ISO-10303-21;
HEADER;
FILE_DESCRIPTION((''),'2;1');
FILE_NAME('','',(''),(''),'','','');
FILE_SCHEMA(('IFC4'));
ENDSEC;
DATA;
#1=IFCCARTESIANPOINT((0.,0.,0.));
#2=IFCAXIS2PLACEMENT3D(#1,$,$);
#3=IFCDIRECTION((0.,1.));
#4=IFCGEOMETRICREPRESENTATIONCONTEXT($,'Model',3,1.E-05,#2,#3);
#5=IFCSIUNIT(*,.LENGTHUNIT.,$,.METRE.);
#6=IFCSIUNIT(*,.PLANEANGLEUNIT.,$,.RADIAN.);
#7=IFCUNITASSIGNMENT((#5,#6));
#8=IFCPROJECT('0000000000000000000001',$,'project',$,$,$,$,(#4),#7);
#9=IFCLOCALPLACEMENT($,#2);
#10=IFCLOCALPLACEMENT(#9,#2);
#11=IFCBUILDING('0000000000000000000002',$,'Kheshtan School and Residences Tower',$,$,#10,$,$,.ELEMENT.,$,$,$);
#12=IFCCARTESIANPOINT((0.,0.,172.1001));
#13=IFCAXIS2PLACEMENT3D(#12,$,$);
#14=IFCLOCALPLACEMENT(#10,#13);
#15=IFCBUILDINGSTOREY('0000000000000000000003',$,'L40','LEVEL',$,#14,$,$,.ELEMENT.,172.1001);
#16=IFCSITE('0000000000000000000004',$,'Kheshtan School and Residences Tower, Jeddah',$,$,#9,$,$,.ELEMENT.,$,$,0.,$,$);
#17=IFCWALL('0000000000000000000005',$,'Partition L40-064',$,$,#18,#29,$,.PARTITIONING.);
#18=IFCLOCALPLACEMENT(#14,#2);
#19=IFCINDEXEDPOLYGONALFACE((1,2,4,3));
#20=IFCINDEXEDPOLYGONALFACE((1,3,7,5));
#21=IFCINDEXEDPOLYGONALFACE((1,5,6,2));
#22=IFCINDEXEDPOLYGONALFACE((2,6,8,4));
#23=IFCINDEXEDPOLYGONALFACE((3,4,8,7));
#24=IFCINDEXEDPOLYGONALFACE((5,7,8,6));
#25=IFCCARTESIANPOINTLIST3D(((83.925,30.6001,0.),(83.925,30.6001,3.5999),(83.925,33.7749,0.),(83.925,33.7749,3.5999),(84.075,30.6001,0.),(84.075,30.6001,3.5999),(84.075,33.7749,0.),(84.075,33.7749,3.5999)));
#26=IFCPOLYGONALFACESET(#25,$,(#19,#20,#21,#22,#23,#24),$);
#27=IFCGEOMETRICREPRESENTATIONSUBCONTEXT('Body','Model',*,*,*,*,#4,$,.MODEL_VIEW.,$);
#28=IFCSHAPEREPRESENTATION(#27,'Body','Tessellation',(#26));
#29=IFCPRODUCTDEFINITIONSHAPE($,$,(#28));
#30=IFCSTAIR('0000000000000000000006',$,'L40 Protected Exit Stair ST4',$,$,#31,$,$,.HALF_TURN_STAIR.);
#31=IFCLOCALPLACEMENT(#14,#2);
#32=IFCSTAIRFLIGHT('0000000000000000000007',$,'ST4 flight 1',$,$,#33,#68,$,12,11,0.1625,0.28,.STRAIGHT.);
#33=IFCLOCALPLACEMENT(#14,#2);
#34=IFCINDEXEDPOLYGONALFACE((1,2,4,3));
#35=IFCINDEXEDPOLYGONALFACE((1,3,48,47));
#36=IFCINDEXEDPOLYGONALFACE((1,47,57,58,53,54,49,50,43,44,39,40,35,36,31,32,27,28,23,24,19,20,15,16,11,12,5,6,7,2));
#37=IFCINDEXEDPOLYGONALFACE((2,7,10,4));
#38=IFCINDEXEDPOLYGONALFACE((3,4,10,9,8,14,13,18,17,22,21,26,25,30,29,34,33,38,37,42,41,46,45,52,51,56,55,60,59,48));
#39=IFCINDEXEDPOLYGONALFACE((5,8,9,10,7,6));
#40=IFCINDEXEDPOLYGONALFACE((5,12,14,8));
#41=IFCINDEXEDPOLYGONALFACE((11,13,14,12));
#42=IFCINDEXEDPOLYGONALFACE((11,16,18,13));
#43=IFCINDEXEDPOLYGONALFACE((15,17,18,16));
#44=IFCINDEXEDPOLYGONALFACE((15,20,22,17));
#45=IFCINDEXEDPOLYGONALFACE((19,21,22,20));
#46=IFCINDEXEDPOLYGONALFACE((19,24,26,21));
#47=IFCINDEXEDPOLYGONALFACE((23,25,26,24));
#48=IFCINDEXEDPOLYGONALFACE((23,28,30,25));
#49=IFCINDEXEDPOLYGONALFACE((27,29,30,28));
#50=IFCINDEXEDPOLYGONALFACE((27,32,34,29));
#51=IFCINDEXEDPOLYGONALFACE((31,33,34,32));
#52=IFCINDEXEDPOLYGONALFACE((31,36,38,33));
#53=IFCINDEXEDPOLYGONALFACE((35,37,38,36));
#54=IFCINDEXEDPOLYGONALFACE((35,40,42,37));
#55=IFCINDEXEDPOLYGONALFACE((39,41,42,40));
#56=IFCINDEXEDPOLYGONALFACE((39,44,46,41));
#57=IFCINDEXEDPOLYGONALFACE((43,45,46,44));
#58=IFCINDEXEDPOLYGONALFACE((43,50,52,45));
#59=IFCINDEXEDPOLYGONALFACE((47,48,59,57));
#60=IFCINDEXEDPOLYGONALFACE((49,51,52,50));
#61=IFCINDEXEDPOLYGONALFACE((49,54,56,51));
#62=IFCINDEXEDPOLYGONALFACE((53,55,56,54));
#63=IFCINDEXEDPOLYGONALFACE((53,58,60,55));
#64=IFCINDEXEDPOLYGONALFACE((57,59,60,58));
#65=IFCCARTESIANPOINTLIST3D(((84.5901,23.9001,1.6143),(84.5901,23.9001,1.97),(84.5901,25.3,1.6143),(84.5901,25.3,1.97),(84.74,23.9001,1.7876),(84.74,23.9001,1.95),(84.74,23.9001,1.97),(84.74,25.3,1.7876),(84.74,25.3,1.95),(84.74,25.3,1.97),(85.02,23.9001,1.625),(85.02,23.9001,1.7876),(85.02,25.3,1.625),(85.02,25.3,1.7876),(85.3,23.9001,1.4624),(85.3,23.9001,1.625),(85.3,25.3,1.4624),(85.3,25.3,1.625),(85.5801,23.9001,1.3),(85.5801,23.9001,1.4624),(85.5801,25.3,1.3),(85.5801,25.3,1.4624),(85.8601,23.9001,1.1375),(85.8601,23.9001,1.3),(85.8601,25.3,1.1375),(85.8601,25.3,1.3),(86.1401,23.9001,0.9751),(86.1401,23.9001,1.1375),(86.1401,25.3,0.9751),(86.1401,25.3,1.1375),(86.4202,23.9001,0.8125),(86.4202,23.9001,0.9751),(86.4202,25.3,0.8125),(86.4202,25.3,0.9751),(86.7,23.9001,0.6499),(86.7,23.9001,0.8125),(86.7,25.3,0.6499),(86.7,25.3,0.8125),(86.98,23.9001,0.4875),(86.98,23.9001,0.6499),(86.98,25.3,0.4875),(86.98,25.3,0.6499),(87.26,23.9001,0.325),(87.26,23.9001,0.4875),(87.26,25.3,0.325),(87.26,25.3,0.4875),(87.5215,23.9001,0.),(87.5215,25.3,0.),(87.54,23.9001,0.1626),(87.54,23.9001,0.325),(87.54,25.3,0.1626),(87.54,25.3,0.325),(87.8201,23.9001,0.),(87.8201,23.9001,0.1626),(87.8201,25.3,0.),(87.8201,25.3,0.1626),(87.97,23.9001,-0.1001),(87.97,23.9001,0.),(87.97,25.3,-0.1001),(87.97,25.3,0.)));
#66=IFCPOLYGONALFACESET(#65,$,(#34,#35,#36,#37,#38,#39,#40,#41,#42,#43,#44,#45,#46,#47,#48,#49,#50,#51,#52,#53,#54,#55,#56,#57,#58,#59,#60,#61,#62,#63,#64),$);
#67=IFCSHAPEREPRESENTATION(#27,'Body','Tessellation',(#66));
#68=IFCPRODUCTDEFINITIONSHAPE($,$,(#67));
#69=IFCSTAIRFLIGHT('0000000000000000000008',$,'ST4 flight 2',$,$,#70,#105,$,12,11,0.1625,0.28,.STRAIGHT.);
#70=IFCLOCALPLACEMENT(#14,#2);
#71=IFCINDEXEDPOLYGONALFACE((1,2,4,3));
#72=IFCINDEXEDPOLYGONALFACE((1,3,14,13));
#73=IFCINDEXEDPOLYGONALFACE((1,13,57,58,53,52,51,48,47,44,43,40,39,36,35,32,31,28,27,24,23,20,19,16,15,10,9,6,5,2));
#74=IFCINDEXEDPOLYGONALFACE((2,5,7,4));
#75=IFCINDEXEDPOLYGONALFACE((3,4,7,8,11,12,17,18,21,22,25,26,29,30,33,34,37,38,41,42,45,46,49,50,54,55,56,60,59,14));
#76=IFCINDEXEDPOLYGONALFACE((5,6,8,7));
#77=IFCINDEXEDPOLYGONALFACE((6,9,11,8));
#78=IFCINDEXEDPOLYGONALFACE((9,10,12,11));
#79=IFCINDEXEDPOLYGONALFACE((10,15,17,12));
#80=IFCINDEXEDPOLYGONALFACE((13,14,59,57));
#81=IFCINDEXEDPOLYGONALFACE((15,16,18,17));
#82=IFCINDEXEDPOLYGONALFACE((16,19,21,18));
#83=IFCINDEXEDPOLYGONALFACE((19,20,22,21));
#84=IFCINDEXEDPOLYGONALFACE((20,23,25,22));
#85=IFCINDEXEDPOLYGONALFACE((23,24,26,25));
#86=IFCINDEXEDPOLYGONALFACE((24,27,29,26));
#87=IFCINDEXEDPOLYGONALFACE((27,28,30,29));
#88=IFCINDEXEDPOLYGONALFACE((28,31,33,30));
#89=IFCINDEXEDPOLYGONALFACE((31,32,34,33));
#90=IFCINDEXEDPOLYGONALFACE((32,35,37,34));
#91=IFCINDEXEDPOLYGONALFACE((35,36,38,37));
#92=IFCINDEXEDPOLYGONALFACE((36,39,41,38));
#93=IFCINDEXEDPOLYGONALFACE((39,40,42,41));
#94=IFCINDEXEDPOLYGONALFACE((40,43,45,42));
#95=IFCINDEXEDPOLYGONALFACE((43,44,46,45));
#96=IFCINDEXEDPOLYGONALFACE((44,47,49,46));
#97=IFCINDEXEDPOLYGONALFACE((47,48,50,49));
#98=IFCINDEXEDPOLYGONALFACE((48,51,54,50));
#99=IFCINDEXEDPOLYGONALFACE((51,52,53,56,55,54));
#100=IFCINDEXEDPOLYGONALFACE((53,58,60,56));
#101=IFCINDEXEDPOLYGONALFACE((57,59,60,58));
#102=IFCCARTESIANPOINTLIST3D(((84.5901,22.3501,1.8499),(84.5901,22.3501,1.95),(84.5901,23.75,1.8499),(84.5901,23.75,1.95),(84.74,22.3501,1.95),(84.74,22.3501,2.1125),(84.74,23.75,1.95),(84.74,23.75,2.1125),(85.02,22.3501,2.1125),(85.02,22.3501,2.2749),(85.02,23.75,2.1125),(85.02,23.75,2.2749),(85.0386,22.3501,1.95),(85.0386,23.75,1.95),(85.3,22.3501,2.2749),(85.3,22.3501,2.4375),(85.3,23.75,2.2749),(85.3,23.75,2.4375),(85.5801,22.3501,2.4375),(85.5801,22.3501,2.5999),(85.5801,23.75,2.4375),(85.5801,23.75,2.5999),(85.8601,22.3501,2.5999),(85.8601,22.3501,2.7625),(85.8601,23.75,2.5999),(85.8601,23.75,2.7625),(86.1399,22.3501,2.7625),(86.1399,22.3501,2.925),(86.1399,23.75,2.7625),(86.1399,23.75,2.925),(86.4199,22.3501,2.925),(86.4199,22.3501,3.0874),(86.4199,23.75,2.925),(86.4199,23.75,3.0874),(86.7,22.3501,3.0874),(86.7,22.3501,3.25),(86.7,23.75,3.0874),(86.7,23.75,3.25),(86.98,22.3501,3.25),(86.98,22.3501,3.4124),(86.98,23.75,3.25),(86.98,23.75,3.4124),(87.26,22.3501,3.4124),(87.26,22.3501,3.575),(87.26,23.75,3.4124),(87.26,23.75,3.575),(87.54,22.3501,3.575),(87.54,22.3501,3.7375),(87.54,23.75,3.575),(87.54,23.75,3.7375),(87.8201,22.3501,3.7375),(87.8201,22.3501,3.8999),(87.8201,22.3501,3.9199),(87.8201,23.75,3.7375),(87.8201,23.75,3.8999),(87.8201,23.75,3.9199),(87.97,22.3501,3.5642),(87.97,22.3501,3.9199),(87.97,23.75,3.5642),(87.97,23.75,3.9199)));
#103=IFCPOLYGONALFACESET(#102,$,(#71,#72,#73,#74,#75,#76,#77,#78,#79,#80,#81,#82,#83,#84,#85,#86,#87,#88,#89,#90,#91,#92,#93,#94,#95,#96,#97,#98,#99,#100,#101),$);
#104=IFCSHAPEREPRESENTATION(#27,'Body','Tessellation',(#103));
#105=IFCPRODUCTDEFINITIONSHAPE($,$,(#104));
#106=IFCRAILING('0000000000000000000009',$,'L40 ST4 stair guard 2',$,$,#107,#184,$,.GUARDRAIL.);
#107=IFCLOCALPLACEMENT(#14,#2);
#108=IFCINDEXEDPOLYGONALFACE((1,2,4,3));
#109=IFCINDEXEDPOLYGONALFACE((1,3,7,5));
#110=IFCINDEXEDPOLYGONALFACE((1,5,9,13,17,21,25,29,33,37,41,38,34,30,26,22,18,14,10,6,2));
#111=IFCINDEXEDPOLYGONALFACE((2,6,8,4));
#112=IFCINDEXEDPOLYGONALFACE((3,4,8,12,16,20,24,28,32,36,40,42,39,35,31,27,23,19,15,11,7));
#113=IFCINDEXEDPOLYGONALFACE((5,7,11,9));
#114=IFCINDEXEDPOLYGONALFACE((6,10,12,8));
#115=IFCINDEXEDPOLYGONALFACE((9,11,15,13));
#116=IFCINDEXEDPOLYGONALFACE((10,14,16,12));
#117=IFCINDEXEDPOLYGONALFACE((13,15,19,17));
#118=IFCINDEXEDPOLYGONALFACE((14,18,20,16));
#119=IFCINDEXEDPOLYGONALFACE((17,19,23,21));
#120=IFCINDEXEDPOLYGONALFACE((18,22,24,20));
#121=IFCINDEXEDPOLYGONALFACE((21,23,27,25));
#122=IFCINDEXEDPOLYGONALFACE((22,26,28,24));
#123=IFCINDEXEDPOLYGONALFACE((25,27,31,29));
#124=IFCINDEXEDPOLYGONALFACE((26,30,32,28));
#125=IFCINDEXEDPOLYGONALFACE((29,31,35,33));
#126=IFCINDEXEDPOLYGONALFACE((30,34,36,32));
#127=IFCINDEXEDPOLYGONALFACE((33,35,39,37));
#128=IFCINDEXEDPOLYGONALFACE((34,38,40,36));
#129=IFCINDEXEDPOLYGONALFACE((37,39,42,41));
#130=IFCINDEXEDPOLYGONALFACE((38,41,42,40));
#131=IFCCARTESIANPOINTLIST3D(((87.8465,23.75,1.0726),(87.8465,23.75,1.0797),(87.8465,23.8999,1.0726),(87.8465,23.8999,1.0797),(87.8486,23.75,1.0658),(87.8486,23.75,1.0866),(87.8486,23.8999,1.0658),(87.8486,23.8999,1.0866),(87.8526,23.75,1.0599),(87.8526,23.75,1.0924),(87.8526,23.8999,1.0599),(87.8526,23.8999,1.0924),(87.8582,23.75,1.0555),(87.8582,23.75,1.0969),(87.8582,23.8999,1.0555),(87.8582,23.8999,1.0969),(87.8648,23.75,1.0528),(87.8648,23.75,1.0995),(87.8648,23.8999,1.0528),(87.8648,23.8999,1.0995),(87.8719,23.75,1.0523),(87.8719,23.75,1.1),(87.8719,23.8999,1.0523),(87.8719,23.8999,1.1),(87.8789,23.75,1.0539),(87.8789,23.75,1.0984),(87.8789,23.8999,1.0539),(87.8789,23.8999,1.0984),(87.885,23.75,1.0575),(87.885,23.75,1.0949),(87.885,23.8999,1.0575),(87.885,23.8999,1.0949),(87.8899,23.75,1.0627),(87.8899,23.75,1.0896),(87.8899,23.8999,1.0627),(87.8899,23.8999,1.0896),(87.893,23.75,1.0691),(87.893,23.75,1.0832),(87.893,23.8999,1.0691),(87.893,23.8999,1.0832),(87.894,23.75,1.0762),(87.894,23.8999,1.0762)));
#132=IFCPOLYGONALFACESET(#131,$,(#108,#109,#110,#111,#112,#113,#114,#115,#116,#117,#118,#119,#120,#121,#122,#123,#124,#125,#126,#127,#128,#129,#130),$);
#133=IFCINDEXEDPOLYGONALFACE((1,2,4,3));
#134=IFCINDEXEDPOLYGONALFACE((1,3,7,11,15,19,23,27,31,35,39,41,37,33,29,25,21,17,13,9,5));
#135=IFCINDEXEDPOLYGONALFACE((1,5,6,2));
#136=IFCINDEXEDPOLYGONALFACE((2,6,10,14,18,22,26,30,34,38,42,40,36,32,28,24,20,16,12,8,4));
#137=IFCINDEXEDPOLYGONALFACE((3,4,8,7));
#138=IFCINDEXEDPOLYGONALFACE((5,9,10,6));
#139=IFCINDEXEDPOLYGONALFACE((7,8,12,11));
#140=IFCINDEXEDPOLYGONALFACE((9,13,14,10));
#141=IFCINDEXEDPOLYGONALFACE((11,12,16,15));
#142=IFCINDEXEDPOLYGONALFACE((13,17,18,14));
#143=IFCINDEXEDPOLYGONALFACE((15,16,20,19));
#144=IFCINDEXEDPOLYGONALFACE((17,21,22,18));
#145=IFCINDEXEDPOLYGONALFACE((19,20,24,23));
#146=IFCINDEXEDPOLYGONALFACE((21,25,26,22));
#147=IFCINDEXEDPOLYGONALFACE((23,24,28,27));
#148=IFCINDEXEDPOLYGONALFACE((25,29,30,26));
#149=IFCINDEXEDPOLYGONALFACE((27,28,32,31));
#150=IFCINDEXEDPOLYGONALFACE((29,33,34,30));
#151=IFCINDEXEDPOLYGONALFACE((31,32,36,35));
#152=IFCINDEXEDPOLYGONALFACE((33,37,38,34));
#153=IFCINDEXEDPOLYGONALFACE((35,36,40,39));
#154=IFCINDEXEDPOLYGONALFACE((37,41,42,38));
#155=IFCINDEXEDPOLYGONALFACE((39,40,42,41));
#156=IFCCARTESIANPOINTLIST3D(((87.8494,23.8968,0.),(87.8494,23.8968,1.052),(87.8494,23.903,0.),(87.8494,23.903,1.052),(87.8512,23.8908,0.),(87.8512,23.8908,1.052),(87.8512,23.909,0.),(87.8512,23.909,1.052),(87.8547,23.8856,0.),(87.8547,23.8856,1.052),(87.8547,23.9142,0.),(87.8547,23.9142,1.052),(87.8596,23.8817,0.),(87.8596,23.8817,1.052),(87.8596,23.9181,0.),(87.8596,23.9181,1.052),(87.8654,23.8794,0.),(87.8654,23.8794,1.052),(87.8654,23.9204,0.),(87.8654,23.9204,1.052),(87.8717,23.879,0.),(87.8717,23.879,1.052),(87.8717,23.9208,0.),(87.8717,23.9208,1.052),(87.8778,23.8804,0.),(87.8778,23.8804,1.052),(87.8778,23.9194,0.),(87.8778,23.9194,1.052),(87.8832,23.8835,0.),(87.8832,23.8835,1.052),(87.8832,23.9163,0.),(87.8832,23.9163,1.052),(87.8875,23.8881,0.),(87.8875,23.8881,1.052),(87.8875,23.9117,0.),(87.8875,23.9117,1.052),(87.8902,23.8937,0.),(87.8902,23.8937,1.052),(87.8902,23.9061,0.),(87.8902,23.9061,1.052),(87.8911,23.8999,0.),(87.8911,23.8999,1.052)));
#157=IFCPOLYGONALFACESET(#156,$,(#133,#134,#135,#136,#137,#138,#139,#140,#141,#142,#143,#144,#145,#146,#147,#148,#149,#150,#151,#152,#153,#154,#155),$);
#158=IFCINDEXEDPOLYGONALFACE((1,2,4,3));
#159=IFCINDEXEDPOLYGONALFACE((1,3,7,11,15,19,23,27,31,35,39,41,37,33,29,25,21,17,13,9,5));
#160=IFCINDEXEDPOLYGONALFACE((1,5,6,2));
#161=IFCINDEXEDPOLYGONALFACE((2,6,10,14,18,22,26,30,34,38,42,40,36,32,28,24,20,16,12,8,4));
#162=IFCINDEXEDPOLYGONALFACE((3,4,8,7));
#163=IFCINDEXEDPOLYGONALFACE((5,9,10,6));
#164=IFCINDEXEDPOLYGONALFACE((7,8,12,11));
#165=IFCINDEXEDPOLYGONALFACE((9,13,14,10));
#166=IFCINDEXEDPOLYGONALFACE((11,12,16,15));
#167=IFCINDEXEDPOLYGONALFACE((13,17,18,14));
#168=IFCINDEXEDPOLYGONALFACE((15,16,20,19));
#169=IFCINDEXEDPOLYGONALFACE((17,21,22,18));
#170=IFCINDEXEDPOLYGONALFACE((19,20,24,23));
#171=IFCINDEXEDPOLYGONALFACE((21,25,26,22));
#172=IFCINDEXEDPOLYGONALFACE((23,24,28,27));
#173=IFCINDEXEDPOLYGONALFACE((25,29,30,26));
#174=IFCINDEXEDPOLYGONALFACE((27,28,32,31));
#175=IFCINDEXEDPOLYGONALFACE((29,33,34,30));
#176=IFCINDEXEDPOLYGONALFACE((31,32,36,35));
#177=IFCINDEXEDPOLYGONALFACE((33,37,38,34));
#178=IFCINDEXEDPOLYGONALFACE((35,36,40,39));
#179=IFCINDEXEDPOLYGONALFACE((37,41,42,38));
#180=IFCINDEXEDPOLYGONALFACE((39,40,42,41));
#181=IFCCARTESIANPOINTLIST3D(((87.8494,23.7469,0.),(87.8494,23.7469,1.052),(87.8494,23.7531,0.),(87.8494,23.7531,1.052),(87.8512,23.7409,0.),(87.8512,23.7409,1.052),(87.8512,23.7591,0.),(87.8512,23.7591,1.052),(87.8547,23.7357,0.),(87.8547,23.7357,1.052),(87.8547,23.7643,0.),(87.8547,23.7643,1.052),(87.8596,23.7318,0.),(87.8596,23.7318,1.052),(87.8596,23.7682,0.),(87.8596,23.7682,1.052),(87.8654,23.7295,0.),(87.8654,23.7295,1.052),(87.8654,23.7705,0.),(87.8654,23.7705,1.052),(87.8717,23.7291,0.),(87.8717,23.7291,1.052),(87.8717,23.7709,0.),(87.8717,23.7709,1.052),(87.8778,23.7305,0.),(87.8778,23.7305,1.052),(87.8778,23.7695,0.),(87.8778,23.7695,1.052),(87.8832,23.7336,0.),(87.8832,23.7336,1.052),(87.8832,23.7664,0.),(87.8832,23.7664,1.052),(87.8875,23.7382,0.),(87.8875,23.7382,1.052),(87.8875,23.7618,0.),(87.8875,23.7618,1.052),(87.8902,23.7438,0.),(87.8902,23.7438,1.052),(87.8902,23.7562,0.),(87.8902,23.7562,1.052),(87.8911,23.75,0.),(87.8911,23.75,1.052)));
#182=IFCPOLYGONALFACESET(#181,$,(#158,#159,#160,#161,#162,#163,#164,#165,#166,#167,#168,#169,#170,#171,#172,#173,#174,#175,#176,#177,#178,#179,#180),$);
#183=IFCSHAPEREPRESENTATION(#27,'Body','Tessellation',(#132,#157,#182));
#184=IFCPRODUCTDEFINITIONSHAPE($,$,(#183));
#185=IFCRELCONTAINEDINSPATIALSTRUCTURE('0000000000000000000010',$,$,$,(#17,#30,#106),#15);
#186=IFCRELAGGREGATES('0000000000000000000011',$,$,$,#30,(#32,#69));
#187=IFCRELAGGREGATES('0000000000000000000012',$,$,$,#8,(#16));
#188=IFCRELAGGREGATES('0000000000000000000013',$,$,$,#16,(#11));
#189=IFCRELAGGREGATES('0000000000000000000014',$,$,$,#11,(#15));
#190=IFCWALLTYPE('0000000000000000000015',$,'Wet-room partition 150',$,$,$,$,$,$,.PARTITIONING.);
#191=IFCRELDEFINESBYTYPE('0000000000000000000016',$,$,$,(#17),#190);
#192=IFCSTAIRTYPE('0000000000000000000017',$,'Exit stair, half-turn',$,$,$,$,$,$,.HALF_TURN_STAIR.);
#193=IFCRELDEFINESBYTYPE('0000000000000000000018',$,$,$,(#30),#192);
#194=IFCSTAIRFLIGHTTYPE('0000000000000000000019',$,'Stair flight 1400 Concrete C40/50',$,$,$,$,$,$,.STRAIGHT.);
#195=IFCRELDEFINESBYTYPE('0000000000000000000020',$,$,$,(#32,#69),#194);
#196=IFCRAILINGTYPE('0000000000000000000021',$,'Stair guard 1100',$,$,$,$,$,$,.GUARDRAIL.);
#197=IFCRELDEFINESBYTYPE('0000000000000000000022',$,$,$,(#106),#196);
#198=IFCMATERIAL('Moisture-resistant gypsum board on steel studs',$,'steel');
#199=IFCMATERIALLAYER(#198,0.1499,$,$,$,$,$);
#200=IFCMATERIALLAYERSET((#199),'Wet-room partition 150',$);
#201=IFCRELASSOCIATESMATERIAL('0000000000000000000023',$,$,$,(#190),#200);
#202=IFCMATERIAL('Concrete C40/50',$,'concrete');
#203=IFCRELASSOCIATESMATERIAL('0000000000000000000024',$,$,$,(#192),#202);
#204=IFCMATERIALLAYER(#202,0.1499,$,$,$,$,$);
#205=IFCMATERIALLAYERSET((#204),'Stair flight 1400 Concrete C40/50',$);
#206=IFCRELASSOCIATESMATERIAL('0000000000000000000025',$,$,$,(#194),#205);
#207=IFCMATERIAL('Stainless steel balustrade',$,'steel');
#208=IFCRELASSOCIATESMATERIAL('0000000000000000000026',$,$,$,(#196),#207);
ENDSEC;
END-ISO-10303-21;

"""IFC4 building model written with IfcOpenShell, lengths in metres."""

from ifc_helpers import new_model, si_unit, direction, frame, frame_2d, origin, origin_2d, place, context, subcontext, project, spatial, polyline, rectangle, circle, outline, extrude, material, layer, layer_set, type_object, element, aggregate, save


model = new_model("IFC4")

# Units and contexts
model_context = context("Model", 3, precision=1e-05, world=origin(), true_north=direction((0.0, 1.0)))
body_context = subcontext(model_context, "Body", "Model", "MODEL_VIEW")
ifc_project = project(units=[si_unit("LENGTHUNIT", "METRE"), si_unit("PLANEANGLEUNIT", "RADIAN")], contexts=[model_context])

# Site, building, storey
site_placement = place(None, origin())
site = spatial("IfcSite", under=ifc_project, at=site_placement, Name="Kheshtan School and Residences Tower, Jeddah", CompositionType="ELEMENT", RefElevation=0.0)
building_placement = place(site_placement, origin())
building = spatial("IfcBuilding", under=site, at=building_placement, Name="Kheshtan School and Residences Tower", CompositionType="ELEMENT")
storey_placement = place(building_placement, frame((0.0, 0.0, 172.1001)))
storey = spatial("IfcBuildingStorey", under=building, at=storey_placement, Name="L40", Description="LEVEL", CompositionType="ELEMENT", Elevation=172.1001)

# Wall
ifc_material_1 = material(Name="Concrete C40/50", Category="concrete")
ifc_material_2 = material(Name="Moisture-resistant gypsum board on steel studs", Category="steel")
ifc_layer_1 = layer(ifc_material_2, 0.1499)
ifc_layer_set_1 = layer_set([ifc_layer_1], Name="Wet-room partition 150")
wall_type_1 = type_object("IfcWallType", Name="Wet-room partition 150", PredefinedType="PARTITIONING", material=ifc_layer_set_1)
wall_1_placement = place(storey_placement, frame((84.0, 30.6001, 0.0), z_axis=(0.0, 0.0, 1.0), x_axis=(0.0, 1.0, 0.0)))
element("IfcWall", 1, at=wall_1_placement, inside=storey, type_object=wall_type_1, Name="Partition L40-064", PredefinedType="PARTITIONING", context=body_context, shape_type="SweptSolid", body=[
    extrude(rectangle(XDim=3.1748, YDim=0.1499, at=frame_2d((1.5874, 0.0))), origin(), (0.0, 0.0, 1.0), 3.5999),
])

# Stair, stair flights
stair_type = type_object("IfcStairType", Name="Exit stair, half-turn", PredefinedType="HALF_TURN_STAIR", material=ifc_material_1)
stair_placement = place(storey_placement, origin())
stair = element("IfcStair", 2, at=stair_placement, inside=storey, type_object=stair_type, Name="L40 Protected Exit Stair ST4", PredefinedType="HALF_TURN_STAIR")
ifc_layer_2 = layer(ifc_material_1, 0.1499)
ifc_layer_set_2 = layer_set([ifc_layer_2], Name="Stair flight 1400 Concrete C40/50")
stair_flight_type = type_object("IfcStairFlightType", Name="Stair flight 1400 Concrete C40/50", PredefinedType="STRAIGHT", material=ifc_layer_set_2)
stair_flight_1_placement = place(storey_placement, frame((87.8201, 24.6001, 0.0), z_axis=(0.0, 0.0, 1.0), x_axis=(-1.0, 0.0, 0.0)))
stair_flight_1 = element("IfcStairFlight", 3, at=stair_flight_1_placement, type_object=stair_flight_type, Name="ST4 flight 1", NumberOfRisers=12, NumberOfTreads=11, PredefinedType="STRAIGHT", RiserHeight=0.1625, TreadLength=0.28, context=body_context, shape_type="SweptSolid", body=[
    extrude(outline(polyline([(-0.1499, -0.1001), (-0.1499, 0.0), (0.0, 0.0), (0.0, 0.1626), (0.28, 0.1626), (0.28, 0.325), (0.5601, 0.325), (0.5601, 0.4875), (0.8401, 0.4875), (0.8401, 0.6499), (1.1201, 0.6499), (1.1201, 0.8125), (1.3999, 0.8125), (1.3999, 0.9751), (1.6799, 0.9751), (1.6799, 1.1375), (1.96, 1.1375), (1.96, 1.3), (2.24, 1.3), (2.24, 1.4624), (2.52, 1.4624), (2.52, 1.625), (2.8, 1.625), (2.8, 1.7876), (3.0801, 1.7876), (3.0801, 1.95), (3.0801, 1.97), (3.23, 1.97), (3.23, 1.6143), (0.2986, 0.0), (-0.1499, -0.1001)])), frame((0.0, 0.7, 0.0), z_axis=(0.0, -1.0, 0.0), x_axis=(1.0, 0.0, 0.0)), (0.0, 0.0, 1.0), 1.3999),
])
stair_flight_2_placement = place(storey_placement, frame((84.74, 23.05, 1.95), z_axis=(0.0, 0.0, 1.0), x_axis=(1.0, 0.0, 0.0)))
stair_flight_2 = element("IfcStairFlight", 4, at=stair_flight_2_placement, type_object=stair_flight_type, Name="ST4 flight 2", NumberOfRisers=12, NumberOfTreads=11, PredefinedType="STRAIGHT", RiserHeight=0.1625, TreadLength=0.28, context=body_context, shape_type="SweptSolid", body=[
    extrude(outline(polyline([(-0.1499, -0.1001), (-0.1499, 0.0), (0.0, 0.0), (0.0, 0.1626), (0.28, 0.1626), (0.28, 0.325), (0.5601, 0.325), (0.5601, 0.4875), (0.8401, 0.4875), (0.8401, 0.6499), (1.1201, 0.6499), (1.1201, 0.8125), (1.3999, 0.8125), (1.3999, 0.9751), (1.6799, 0.9751), (1.6799, 1.1375), (1.96, 1.1375), (1.96, 1.3), (2.24, 1.3), (2.24, 1.4624), (2.52, 1.4624), (2.52, 1.625), (2.8, 1.625), (2.8, 1.7876), (3.0801, 1.7876), (3.0801, 1.95), (3.0801, 1.97), (3.23, 1.97), (3.23, 1.6143), (0.2986, 0.0), (-0.1499, -0.1001)])), frame((0.0, 0.7, 0.0), z_axis=(0.0, -1.0, 0.0), x_axis=(1.0, 0.0, 0.0)), (0.0, 0.0, 1.0), 1.3999),
])
aggregate(stair, [stair_flight_1, stair_flight_2])

# Railing
ifc_material_3 = material(Name="Stainless steel balustrade", Category="steel")
railing_type_1 = type_object("IfcRailingType", Name="Stair guard 1100", PredefinedType="GUARDRAIL", material=ifc_material_3)
railing_1_placement = place(storey_placement, frame((87.8701, 23.8999, 0.0)))
element("IfcRailing", 5, at=railing_1_placement, inside=storey, type_object=railing_type_1, Name="L40 ST4 stair guard 2", PredefinedType="GUARDRAIL", context=body_context, shape_type="SweptSolid", body=[
    extrude(circle(Radius=0.0239, at=origin_2d()), frame((0.0, 0.0, 1.0762), z_axis=(0.0, -1.0, 0.0), x_axis=(1.0, 0.0, 0.0)), (0.0, 0.0, 1.0), 0.1499),
    extrude(circle(Radius=0.021, at=origin_2d()), origin(), (0.0, 0.0, 1.0), 1.052),
    extrude(circle(Radius=0.021, at=origin_2d()), frame((0.0, -0.1499, 0.0)), (0.0, 0.0, 1.0), 1.052),
])

save(model, "model.ifc")
